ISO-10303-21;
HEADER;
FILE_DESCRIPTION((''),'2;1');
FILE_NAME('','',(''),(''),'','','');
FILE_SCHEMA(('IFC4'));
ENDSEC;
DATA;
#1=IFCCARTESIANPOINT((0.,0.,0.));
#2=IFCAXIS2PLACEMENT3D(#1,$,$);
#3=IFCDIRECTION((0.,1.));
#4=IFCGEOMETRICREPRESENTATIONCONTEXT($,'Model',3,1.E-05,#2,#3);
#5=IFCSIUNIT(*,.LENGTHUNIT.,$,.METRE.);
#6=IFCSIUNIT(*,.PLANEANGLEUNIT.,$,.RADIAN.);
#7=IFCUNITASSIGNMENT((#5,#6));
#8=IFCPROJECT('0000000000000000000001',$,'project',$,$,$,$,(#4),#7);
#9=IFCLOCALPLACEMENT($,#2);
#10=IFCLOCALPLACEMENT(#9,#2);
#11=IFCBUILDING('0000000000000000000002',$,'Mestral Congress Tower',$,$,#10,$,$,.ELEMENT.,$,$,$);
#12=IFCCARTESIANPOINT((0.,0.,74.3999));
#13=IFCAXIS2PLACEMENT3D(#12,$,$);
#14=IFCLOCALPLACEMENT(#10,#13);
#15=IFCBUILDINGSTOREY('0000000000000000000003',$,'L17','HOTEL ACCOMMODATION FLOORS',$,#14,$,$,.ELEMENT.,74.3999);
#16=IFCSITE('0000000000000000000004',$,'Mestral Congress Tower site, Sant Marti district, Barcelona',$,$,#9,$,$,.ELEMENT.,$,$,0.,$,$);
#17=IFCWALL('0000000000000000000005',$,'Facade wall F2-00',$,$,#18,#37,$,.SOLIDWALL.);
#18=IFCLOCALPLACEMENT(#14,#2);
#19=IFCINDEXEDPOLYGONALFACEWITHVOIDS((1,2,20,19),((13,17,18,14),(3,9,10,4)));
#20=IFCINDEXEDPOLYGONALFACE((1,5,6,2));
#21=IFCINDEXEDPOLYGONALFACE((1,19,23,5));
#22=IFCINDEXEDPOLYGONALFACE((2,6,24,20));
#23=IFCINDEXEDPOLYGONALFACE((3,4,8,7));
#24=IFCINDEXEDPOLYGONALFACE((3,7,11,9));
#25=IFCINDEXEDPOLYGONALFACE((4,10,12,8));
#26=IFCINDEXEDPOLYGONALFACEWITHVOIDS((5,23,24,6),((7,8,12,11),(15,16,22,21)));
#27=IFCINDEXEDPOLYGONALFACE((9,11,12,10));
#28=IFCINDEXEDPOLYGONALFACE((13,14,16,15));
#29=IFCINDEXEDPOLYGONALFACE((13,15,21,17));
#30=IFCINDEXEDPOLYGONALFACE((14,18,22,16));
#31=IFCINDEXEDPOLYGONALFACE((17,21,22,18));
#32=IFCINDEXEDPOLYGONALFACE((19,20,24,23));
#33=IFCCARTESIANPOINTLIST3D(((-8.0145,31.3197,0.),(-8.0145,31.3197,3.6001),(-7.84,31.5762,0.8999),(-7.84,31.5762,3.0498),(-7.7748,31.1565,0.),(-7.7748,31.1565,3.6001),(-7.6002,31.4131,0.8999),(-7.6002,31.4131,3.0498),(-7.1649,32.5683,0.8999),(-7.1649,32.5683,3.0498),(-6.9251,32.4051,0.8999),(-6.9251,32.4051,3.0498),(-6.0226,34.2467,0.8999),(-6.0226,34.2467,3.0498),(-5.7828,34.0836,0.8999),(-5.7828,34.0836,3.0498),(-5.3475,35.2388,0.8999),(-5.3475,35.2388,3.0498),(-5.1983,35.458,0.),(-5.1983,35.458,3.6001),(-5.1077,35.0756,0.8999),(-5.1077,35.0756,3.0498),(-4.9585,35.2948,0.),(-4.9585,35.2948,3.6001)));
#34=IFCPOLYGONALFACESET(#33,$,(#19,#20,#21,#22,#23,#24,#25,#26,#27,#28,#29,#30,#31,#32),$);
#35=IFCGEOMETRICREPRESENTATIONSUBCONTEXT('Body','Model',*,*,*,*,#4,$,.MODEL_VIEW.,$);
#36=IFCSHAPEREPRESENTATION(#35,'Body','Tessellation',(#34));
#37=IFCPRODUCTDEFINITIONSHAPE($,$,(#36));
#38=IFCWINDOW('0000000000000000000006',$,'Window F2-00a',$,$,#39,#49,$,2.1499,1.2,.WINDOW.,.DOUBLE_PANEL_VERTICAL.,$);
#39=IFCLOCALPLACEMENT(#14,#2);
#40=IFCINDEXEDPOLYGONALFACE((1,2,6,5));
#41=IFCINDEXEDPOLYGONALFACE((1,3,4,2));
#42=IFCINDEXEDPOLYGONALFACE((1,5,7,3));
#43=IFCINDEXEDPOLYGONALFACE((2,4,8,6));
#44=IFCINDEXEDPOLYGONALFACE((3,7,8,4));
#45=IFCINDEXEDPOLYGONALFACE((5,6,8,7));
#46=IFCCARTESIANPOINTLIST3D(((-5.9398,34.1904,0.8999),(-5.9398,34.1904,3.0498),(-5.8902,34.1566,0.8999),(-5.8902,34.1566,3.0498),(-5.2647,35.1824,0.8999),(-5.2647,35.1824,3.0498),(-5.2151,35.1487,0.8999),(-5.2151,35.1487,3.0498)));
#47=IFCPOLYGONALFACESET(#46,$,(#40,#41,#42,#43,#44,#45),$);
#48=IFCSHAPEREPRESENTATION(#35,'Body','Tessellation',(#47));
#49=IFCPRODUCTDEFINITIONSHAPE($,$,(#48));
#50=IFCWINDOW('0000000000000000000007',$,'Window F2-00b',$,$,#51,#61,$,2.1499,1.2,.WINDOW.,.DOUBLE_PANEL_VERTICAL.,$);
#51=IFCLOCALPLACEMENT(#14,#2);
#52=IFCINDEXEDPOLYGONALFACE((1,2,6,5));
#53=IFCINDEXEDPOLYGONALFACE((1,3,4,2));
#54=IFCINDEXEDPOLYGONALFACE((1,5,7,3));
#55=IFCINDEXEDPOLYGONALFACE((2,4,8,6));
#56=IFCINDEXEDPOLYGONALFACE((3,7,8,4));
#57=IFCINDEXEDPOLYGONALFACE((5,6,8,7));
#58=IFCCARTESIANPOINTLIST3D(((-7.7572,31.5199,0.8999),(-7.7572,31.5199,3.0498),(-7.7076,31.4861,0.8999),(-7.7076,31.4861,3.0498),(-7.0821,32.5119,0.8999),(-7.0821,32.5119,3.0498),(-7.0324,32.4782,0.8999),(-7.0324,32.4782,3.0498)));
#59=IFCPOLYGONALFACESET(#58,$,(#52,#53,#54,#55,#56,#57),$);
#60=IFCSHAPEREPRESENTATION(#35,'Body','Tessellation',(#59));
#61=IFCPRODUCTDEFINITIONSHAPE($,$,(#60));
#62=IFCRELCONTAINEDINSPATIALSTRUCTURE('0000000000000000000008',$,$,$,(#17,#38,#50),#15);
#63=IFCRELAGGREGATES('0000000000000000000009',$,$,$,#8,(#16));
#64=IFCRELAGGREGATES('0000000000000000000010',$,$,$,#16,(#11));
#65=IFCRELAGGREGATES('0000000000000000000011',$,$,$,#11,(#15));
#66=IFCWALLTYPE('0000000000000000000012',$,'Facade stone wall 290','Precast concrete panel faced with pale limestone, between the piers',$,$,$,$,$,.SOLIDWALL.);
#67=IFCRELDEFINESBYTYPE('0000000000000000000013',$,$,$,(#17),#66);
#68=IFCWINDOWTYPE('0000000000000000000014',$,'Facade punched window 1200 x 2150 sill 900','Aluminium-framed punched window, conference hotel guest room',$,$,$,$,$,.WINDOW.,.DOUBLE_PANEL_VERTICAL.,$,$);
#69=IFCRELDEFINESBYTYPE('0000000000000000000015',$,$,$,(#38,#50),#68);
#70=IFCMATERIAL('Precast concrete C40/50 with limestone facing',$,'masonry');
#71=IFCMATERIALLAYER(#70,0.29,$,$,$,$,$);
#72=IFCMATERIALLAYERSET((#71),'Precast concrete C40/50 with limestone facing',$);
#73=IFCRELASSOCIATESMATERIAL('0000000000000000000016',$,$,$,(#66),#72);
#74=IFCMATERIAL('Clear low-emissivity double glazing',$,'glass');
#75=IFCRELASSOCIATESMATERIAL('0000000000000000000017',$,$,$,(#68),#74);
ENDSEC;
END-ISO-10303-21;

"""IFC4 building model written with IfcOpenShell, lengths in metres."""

from ifc_helpers import new_model, si_unit, direction, frame, frame_2d, origin, place, context, subcontext, project, spatial, rectangle, extrude, material, layer, layer_set, type_object, element, fill, save


model = new_model("IFC4")

# Units and contexts
model_context = context("Model", 3, precision=1e-05, world=origin(), true_north=direction((0.0, 1.0)))
body_context = subcontext(model_context, "Body", "Model", "MODEL_VIEW")
ifc_project = project(units=[si_unit("LENGTHUNIT", "METRE"), si_unit("PLANEANGLEUNIT", "RADIAN")], contexts=[model_context])

# Site, building, storey
site_placement = place(None, origin())
site = spatial("IfcSite", under=ifc_project, at=site_placement, Name="Mestral Congress Tower site, Sant Marti district, Barcelona", CompositionType="ELEMENT", RefElevation=0.0)
building_placement = place(site_placement, origin())
building = spatial("IfcBuilding", under=site, at=building_placement, Name="Mestral Congress Tower", CompositionType="ELEMENT")
storey_placement = place(building_placement, frame((0.0, 0.0, 74.3999)))
storey = spatial("IfcBuildingStorey", under=building, at=storey_placement, Name="L17", Description="HOTEL ACCOMMODATION FLOORS", CompositionType="ELEMENT", Elevation=74.3999)

# Shared definitions
ifc_material_1 = material(Name="Precast concrete C40/50 with limestone facing", Category="masonry")
ifc_layer = layer(ifc_material_1, 0.29)
ifc_layer_set = layer_set([ifc_layer], Name="Precast concrete C40/50 with limestone facing")
wall_type = type_object("IfcWallType", Name="Facade stone wall 290", Description="Precast concrete panel faced with pale limestone, between the piers", PredefinedType="SOLIDWALL", material=ifc_layer_set)
ifc_material_2 = material(Name="Clear low-emissivity double glazing", Category="glass")

# Wall, openings, windows
wall_1_placement = place(storey_placement, frame((-5.0784, 35.3765, 0.0), z_axis=(0.0, 0.0, 1.0), x_axis=(-0.56261, -0.826722, 0.0)))
wall_1 = element("IfcWall", 1, at=wall_1_placement, inside=storey, type_object=wall_type, Name="Facade wall F2-00", PredefinedType="SOLIDWALL", context=body_context, shape_type="SweptSolid", body=[
    extrude(rectangle(XDim=5.0056, YDim=0.29, at=frame_2d((2.5029, 0.0))), origin(), (0.0, 0.0, 1.0), 3.6001),
])
opening_1_placement = place(wall_1_placement, frame((0.2651, 0.0, 0.8999)))
opening_1 = element("IfcOpeningElement", 2, at=opening_1_placement, cuts=wall_1, PredefinedType="OPENING", context=body_context, shape_type="SweptSolid", body=[
    extrude(rectangle(XDim=1.2, YDim=2.1499, at=frame_2d((0.6001, 1.075))), frame((0.0, 0.155, 0.0), z_axis=(0.0, -1.0, 0.0), x_axis=(1.0, 0.0, 0.0)), (0.0, 0.0, 1.0), 0.3101),
])
opening_2_placement = place(wall_1_placement, frame((3.4954, 0.0, 0.8999)))
opening_2 = element("IfcOpeningElement", 3, at=opening_2_placement, cuts=wall_1, PredefinedType="OPENING", context=body_context, shape_type="SweptSolid", body=[
    extrude(rectangle(XDim=1.2, YDim=2.1499, at=frame_2d((0.6001, 1.075))), frame((0.0, 0.155, 0.0), z_axis=(0.0, -1.0, 0.0), x_axis=(1.0, 0.0, 0.0)), (0.0, 0.0, 1.0), 0.3101),
])
window_type_1 = type_object("IfcWindowType", Name="Facade punched window 1200 x 2150 sill 900", Description="Aluminium-framed punched window, conference hotel guest room", PartitioningType="DOUBLE_PANEL_VERTICAL", PredefinedType="WINDOW", material=ifc_material_2)
window_1_placement = place(opening_1_placement, origin())
window_1 = element("IfcWindow", 4, at=window_1_placement, inside=storey, type_object=window_type_1, Name="Window F2-00a", OverallHeight=2.1499, OverallWidth=1.2, PartitioningType="DOUBLE_PANEL_VERTICAL", PredefinedType="WINDOW", context=body_context, shape_type="SweptSolid", body=[
    extrude(rectangle(XDim=1.2, YDim=2.1499, at=frame_2d((0.6001, 1.075))), frame((0.0, 0.0151, 0.0), z_axis=(0.0, -1.0, 0.0), x_axis=(1.0, 0.0, 0.0)), (0.0, 0.0, 1.0), 0.0601),
])
fill(opening_1, window_1)
window_2_placement = place(opening_2_placement, origin())
window_2 = element("IfcWindow", 5, at=window_2_placement, inside=storey, type_object=window_type_1, Name="Window F2-00b", OverallHeight=2.1499, OverallWidth=1.2, PartitioningType="DOUBLE_PANEL_VERTICAL", PredefinedType="WINDOW", context=body_context, shape_type="SweptSolid", body=[
    extrude(rectangle(XDim=1.2, YDim=2.1499, at=frame_2d((0.6001, 1.075))), frame((0.0, 0.0151, 0.0), z_axis=(0.0, -1.0, 0.0), x_axis=(1.0, 0.0, 0.0)), (0.0, 0.0, 1.0), 0.0601),
])
fill(opening_2, window_2)

save(model, "model.ifc")
